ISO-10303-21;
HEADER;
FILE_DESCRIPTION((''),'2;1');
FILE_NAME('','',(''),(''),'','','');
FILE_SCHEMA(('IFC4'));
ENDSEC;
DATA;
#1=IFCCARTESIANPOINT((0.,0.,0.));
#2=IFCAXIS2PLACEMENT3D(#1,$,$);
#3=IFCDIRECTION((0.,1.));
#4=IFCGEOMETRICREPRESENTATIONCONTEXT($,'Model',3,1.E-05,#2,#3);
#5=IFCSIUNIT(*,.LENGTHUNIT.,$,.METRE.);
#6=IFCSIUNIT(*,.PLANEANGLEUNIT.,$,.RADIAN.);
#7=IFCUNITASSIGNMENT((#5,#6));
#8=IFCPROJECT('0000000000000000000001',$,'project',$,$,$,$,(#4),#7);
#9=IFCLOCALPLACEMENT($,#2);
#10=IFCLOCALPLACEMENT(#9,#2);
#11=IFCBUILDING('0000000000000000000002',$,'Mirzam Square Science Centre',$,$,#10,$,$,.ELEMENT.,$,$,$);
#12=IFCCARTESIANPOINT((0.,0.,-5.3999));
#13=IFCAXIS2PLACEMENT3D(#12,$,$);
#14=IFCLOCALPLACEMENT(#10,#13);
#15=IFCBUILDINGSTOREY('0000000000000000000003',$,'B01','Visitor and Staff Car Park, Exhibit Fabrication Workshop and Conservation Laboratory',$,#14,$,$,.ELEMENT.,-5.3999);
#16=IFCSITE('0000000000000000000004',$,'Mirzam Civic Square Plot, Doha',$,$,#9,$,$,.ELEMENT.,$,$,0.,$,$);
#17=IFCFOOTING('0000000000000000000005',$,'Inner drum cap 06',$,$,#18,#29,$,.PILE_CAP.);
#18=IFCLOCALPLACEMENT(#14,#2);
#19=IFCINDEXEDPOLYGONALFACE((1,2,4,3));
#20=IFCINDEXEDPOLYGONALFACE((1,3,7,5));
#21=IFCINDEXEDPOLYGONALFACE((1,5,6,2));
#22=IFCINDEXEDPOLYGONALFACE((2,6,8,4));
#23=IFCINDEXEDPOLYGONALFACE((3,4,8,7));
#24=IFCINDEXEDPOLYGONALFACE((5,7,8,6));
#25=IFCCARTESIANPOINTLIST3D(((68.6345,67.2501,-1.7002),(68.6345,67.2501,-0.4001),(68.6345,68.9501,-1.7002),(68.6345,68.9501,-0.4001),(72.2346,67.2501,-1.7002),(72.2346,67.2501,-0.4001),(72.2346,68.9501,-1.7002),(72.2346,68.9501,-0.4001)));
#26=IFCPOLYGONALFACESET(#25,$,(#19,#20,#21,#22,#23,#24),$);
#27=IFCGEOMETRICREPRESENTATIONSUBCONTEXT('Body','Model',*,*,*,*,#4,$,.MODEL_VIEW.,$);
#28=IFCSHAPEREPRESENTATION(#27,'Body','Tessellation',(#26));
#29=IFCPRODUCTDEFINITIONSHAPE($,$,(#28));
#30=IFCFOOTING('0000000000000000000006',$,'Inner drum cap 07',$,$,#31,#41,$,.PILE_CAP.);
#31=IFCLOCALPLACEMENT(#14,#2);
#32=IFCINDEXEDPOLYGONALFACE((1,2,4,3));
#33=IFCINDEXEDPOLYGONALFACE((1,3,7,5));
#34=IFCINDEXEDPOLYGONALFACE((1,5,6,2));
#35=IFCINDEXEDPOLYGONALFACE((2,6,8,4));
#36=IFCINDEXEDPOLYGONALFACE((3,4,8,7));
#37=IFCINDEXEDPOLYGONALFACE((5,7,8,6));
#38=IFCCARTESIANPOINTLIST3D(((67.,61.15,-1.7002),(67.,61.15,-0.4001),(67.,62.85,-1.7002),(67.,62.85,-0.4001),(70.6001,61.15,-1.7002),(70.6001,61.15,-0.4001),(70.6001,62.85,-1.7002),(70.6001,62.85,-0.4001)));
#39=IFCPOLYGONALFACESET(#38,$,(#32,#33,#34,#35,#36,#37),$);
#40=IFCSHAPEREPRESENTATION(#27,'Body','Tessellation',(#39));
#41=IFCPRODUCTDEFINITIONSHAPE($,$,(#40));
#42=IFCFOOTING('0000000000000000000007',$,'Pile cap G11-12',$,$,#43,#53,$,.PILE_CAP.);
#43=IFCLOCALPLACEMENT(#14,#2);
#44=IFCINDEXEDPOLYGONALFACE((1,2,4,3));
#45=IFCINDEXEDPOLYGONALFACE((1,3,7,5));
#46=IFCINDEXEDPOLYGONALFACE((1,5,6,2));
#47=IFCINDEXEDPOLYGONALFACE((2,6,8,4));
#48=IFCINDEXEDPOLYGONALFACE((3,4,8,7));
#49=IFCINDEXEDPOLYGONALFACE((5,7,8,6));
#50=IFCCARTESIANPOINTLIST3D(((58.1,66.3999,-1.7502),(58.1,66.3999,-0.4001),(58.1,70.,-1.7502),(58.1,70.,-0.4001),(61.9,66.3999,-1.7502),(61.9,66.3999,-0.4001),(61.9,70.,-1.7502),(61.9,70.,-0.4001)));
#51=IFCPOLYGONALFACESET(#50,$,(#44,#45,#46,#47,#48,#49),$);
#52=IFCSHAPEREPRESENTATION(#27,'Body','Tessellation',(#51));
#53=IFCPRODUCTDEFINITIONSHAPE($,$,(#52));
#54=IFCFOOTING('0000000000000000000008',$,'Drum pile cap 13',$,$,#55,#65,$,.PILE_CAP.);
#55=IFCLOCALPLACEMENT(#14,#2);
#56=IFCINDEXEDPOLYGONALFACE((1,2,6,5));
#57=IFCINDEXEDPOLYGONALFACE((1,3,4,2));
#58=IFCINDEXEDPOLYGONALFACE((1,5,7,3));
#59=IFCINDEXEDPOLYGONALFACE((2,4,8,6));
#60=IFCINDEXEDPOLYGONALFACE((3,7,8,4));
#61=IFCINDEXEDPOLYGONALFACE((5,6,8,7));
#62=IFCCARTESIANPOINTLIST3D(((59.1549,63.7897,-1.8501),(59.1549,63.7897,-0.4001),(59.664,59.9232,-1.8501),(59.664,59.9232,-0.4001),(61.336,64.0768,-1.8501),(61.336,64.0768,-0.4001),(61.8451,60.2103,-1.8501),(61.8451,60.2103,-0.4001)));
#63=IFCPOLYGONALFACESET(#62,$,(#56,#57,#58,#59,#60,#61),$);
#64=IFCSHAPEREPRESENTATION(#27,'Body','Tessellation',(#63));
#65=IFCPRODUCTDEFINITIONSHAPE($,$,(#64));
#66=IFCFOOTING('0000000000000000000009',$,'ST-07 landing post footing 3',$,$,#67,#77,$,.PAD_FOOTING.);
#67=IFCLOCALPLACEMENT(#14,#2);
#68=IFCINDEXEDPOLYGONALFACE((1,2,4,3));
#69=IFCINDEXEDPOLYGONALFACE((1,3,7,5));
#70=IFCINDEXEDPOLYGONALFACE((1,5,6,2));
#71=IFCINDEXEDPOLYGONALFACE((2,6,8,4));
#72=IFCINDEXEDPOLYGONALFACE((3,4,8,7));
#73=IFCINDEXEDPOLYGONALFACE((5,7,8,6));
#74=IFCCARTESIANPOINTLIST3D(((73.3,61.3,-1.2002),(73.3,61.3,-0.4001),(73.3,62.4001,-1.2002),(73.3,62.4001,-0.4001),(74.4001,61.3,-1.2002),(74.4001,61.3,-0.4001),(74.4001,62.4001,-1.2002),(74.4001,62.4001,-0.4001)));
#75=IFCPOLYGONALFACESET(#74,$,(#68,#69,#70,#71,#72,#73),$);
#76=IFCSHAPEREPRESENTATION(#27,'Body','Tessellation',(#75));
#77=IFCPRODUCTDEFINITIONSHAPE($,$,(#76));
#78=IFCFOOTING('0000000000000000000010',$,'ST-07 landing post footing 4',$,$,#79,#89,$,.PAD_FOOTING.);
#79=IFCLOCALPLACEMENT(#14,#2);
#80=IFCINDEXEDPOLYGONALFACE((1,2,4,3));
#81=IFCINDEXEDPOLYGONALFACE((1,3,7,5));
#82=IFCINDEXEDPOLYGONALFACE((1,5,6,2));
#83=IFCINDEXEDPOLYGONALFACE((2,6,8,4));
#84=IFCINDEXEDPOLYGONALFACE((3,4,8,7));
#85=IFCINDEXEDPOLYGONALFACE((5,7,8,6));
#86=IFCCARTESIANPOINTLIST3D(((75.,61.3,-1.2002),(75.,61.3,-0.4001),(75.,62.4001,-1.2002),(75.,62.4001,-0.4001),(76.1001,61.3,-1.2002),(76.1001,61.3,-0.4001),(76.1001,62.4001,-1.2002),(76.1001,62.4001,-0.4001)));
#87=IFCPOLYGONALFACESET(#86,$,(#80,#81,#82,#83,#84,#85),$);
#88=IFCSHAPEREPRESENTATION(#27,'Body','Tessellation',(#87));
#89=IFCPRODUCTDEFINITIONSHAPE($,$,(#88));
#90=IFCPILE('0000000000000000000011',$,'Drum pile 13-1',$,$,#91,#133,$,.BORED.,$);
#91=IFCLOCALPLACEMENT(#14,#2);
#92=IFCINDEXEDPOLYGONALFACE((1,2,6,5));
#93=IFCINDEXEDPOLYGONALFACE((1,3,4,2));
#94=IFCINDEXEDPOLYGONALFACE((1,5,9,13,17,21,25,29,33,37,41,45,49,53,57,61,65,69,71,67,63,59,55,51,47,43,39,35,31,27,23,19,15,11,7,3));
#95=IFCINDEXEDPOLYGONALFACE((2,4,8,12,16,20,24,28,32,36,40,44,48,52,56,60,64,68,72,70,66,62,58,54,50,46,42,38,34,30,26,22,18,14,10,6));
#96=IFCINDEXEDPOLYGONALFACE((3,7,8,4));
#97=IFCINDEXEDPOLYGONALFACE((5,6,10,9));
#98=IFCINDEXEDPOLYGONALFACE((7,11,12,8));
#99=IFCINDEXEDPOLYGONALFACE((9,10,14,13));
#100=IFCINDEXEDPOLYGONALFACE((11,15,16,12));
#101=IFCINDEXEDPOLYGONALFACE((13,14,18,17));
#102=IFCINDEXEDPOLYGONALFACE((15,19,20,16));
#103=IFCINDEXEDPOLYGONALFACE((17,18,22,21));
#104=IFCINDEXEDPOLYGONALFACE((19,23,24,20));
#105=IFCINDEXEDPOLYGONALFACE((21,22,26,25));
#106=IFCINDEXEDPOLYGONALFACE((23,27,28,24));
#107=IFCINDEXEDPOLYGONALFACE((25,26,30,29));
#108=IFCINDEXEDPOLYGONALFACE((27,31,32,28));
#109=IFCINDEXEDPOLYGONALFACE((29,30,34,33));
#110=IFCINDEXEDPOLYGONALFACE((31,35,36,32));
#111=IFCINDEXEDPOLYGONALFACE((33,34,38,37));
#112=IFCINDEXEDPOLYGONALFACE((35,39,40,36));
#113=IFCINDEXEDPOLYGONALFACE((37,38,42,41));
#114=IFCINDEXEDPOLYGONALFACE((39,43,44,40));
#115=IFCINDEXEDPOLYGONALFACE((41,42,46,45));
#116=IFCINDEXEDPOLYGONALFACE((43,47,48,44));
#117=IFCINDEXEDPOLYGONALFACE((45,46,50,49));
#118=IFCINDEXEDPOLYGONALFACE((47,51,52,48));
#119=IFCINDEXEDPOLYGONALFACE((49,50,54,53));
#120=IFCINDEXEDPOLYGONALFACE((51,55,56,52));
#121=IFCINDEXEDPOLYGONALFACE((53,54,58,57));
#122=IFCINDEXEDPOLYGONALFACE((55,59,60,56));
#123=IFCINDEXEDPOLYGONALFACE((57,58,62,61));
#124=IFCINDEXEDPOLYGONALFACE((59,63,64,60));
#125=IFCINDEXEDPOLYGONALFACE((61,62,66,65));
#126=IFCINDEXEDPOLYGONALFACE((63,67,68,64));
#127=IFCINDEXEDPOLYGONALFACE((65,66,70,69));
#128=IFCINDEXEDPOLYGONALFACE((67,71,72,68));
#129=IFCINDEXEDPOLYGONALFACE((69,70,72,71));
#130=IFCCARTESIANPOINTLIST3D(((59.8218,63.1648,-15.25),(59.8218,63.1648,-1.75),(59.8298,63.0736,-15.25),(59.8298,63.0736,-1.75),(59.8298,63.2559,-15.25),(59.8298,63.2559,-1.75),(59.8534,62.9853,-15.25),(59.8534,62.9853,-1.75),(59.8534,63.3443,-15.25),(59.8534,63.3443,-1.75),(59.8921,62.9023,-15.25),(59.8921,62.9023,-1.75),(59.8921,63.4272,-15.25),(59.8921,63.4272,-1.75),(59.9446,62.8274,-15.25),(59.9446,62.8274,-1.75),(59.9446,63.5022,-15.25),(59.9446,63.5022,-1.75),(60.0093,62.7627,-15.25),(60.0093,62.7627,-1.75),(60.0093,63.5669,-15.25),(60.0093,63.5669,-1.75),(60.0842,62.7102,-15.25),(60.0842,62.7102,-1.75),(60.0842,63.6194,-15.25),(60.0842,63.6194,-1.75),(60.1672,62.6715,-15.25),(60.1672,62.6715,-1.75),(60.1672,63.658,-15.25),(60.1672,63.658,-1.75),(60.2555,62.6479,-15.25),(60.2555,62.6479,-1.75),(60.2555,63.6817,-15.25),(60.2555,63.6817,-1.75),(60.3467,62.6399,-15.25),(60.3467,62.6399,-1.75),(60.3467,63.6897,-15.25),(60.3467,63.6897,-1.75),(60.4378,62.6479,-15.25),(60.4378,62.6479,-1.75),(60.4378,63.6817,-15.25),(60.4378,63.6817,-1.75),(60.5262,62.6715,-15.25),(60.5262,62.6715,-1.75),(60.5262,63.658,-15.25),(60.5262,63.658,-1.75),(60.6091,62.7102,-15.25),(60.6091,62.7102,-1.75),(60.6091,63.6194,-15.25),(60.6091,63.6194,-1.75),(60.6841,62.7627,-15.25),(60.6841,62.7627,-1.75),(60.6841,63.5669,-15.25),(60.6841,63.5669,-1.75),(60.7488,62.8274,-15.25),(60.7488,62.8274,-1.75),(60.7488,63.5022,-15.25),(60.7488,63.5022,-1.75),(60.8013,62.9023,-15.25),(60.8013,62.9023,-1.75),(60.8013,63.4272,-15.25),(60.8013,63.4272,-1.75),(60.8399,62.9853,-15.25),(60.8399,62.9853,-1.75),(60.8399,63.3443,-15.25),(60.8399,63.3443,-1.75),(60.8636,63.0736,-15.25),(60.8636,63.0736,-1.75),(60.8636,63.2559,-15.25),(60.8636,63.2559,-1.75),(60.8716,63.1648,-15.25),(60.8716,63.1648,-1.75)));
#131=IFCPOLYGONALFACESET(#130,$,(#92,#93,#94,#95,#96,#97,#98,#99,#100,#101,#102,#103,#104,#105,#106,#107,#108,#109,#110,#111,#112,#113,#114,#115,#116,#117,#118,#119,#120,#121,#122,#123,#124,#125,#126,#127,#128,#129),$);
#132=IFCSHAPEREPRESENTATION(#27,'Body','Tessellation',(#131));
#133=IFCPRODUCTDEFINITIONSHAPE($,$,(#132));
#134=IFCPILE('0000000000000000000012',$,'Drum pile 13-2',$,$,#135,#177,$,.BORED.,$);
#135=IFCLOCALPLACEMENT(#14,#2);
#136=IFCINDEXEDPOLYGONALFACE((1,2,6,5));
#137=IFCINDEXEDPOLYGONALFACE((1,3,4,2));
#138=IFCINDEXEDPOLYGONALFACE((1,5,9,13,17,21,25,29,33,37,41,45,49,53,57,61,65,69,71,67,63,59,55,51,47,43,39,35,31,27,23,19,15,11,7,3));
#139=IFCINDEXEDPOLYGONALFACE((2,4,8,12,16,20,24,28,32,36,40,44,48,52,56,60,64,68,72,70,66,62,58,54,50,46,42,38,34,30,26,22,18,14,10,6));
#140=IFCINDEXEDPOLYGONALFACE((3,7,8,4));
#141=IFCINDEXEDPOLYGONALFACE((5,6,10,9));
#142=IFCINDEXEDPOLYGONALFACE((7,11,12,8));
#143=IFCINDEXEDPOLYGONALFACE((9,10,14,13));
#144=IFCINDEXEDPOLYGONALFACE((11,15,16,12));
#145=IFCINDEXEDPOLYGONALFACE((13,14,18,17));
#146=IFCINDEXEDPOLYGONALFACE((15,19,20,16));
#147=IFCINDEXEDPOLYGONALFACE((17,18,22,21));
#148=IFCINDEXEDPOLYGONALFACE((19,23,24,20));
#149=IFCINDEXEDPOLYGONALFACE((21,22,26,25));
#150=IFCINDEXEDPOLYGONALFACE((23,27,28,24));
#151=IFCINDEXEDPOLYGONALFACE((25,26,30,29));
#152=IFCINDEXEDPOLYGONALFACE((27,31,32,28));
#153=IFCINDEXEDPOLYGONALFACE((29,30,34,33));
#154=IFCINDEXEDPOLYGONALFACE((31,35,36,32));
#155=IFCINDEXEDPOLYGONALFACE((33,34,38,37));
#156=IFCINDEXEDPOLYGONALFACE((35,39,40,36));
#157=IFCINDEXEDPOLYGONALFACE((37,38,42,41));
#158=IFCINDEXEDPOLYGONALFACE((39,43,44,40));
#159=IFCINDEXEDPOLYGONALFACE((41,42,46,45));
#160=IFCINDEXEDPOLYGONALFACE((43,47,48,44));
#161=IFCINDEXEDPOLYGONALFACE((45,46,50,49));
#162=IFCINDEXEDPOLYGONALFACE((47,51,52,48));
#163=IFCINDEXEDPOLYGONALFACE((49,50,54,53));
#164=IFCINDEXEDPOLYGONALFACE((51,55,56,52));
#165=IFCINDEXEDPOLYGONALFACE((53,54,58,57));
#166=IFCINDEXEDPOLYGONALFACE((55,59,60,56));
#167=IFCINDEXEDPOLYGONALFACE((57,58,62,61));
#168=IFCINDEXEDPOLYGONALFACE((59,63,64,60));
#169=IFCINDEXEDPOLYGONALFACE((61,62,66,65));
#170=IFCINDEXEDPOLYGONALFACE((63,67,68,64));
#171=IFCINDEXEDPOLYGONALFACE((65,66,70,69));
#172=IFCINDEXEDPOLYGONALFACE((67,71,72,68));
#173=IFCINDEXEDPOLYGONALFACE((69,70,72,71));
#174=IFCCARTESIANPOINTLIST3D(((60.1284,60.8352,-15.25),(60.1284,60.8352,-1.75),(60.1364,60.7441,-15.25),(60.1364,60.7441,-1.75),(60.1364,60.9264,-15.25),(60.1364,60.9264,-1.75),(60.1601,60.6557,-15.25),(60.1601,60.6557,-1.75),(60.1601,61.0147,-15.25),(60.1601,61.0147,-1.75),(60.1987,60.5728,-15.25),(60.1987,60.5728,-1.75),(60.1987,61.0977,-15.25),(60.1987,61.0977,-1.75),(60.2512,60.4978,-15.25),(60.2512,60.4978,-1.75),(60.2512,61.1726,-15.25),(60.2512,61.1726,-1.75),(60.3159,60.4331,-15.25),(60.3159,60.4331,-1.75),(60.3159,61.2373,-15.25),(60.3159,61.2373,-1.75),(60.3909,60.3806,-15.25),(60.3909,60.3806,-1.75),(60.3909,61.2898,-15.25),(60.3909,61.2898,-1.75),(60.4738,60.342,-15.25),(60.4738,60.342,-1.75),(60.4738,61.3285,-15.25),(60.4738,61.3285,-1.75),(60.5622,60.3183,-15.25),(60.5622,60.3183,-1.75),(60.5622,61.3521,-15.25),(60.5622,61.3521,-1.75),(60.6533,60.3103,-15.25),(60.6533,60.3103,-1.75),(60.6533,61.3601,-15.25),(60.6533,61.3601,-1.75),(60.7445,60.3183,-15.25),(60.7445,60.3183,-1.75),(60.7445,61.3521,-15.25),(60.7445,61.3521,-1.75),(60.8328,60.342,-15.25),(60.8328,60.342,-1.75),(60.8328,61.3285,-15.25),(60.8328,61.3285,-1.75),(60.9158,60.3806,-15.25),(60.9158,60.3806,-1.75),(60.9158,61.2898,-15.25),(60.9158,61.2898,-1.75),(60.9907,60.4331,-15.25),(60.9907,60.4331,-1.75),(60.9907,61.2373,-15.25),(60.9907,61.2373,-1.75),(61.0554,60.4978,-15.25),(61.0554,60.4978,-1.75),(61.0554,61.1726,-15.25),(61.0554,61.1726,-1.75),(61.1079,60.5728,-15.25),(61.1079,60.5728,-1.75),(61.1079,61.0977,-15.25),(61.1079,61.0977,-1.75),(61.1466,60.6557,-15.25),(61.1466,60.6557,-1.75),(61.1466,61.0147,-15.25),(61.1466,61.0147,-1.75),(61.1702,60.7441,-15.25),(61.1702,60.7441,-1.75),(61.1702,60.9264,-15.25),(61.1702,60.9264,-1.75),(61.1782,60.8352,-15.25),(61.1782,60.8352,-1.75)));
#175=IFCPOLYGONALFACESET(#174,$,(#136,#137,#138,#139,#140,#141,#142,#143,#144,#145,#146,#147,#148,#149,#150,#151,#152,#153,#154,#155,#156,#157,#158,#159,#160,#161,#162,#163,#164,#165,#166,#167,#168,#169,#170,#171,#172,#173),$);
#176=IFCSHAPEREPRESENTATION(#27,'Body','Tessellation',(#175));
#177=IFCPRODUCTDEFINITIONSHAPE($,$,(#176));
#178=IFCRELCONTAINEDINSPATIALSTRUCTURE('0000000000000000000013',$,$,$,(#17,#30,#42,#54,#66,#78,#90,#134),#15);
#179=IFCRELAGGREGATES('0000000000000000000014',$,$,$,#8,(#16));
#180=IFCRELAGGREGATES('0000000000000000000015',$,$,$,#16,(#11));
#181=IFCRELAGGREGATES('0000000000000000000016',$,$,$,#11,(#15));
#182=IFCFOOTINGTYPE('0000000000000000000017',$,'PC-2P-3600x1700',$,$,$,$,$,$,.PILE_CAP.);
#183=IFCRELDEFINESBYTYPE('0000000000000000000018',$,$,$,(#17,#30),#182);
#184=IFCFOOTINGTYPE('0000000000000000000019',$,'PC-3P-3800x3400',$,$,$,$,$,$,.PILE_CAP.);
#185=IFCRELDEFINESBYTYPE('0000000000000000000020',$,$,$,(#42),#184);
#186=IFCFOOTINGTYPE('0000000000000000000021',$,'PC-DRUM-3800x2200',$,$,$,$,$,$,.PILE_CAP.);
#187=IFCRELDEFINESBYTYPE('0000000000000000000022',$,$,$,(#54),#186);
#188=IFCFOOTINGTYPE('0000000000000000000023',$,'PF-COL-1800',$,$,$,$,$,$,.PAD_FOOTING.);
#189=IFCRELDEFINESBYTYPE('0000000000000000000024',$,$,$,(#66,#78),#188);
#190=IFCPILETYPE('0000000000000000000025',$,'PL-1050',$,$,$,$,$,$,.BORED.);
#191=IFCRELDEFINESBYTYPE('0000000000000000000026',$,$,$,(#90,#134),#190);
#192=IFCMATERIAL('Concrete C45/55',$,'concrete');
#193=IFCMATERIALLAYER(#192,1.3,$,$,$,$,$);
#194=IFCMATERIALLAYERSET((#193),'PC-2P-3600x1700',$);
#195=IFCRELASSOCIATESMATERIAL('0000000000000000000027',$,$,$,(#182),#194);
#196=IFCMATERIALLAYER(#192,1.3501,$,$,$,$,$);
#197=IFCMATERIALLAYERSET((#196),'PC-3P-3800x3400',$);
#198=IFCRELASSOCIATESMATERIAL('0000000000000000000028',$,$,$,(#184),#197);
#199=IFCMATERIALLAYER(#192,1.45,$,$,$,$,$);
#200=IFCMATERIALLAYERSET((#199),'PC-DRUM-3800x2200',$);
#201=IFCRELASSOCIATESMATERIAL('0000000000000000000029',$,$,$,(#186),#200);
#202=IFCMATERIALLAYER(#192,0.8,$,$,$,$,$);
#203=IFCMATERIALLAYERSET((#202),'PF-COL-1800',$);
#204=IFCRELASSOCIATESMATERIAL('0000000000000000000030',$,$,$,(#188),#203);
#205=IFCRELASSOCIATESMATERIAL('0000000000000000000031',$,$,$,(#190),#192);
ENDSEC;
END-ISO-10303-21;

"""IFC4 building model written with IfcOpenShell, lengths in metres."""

from ifc_helpers import new_model, si_unit, direction, frame, origin, origin_2d, place, context, subcontext, project, spatial, rectangle, circle, extrude, material, layer, layer_set, material_profile, profile_set, type_object, element, save


model = new_model("IFC4")

# Units and contexts
model_context = context("Model", 3, precision=1e-05, world=origin(), true_north=direction((0.0, 1.0)))
body_context = subcontext(model_context, "Body", "Model", "MODEL_VIEW")
ifc_project = project(units=[si_unit("LENGTHUNIT", "METRE"), si_unit("PLANEANGLEUNIT", "RADIAN")], contexts=[model_context])

# Site, building, storey
site_placement = place(None, origin())
site = spatial("IfcSite", under=ifc_project, at=site_placement, Name="Mirzam Civic Square Plot, Doha", CompositionType="ELEMENT", RefElevation=0.0)
building_placement = place(site_placement, origin())
building = spatial("IfcBuilding", under=site, at=building_placement, Name="Mirzam Square Science Centre", CompositionType="ELEMENT")
storey_placement = place(building_placement, frame((0.0, 0.0, -5.3999)))
storey = spatial("IfcBuildingStorey", under=building, at=storey_placement, Name="B01", Description="Visitor and Staff Car Park, Exhibit Fabrication Workshop and Conservation Laboratory", CompositionType="ELEMENT", Elevation=-5.3999)

# Footings
ifc_material_1 = material(Name="Concrete C45/55", Category="concrete")
ifc_layer_1 = layer(ifc_material_1, 1.3)
ifc_layer_set_1 = layer_set([ifc_layer_1], Name="PC-2P-3600x1700")
footing_type_1 = type_object("IfcFootingType", Name="PC-2P-3600x1700", PredefinedType="PILE_CAP", material=ifc_layer_set_1)
for number, where, z_axis, x_axis, name in (
    (1, (70.4346, 68.1001, -1.7002), (0.0, 0.0, 1.0), (1.0, 0.0, 0.0), "Inner drum cap 06"),
    (2, (68.8, 62.0, -1.7002), (0.0, 0.0, 1.0), (1.0, 0.0, 0.0), "Inner drum cap 07"),
):
    element("IfcFooting", number, at=place(storey_placement, frame(where, z_axis=z_axis, x_axis=x_axis)), inside=storey, type_object=footing_type_1, Name=name, PredefinedType="PILE_CAP", context=body_context, shape_type="SweptSolid", body=[
        extrude(rectangle(XDim=3.6001, YDim=1.7, at=origin_2d()), origin(), (0.0, 0.0, 1.0), 1.3),
    ])
ifc_layer_2 = layer(ifc_material_1, 1.3501)
ifc_layer_set_2 = layer_set([ifc_layer_2], Name="PC-3P-3800x3400")
footing_type_2 = type_object("IfcFootingType", Name="PC-3P-3800x3400", PredefinedType="PILE_CAP", material=ifc_layer_set_2)
footing_1_placement = place(storey_placement, frame((60.0, 68.2, -1.7502), z_axis=(0.0, 0.0, 1.0), x_axis=(1.0, 0.0, 0.0)))
element("IfcFooting", 3, at=footing_1_placement, inside=storey, type_object=footing_type_2, Name="Pile cap G11-12", PredefinedType="PILE_CAP", context=body_context, shape_type="SweptSolid", body=[
    extrude(rectangle(XDim=3.8, YDim=3.6001, at=origin_2d()), origin(), (0.0, 0.0, 1.0), 1.3501),
])
ifc_layer_3 = layer(ifc_material_1, 1.45)
ifc_layer_set_3 = layer_set([ifc_layer_3], Name="PC-DRUM-3800x2200")
footing_type_3 = type_object("IfcFootingType", Name="PC-DRUM-3800x2200", PredefinedType="PILE_CAP", material=ifc_layer_set_3)
footing_2_placement = place(storey_placement, frame((60.5, 62.0, -1.8501), z_axis=(0.0, 0.0, 1.0), x_axis=(0.130526, -0.991445, 0.0)))
element("IfcFooting", 4, at=footing_2_placement, inside=storey, type_object=footing_type_3, Name="Drum pile cap 13", PredefinedType="PILE_CAP", context=body_context, shape_type="SweptSolid", body=[
    extrude(rectangle(XDim=3.8999, YDim=2.2, at=origin_2d()), origin(), (0.0, 0.0, 1.0), 1.45),
])
ifc_layer_4 = layer(ifc_material_1, 0.8)
ifc_layer_set_4 = layer_set([ifc_layer_4], Name="PF-COL-1800")
footing_type_4 = type_object("IfcFootingType", Name="PF-COL-1800", PredefinedType="PAD_FOOTING", material=ifc_layer_set_4)
for number, where, z_axis, x_axis, name in (
    (5, (73.8501, 61.8501, -1.2002), (0.0, 0.0, 1.0), (1.0, 0.0, 0.0), "ST-07 landing post footing 3"),
    (6, (75.55, 61.8501, -1.2002), (0.0, 0.0, 1.0), (1.0, 0.0, 0.0), "ST-07 landing post footing 4"),
):
    element("IfcFooting", number, at=place(storey_placement, frame(where, z_axis=z_axis, x_axis=x_axis)), inside=storey, type_object=footing_type_4, Name=name, PredefinedType="PAD_FOOTING", context=body_context, shape_type="SweptSolid", body=[
        extrude(rectangle(XDim=1.1001, YDim=1.1001, at=origin_2d()), origin(), (0.0, 0.0, 1.0), 0.8),
    ])

# Piles
ifc_material_profile_1 = material_profile(ifc_material_1, circle(Radius=0.5249, at=origin_2d()), Name="PILE-D1050")
ifc_profile_set_1 = profile_set([ifc_material_profile_1], Name="Concrete C45/55")
pile_type_1 = type_object("IfcPileType", Name="PL-1050", PredefinedType="BORED", material=ifc_profile_set_1)
for number, where, z_axis, x_axis, name in (
    (7, (60.3467, 63.1648, -1.75), (0.0, 0.0, -1.0), (1.0, 0.0, 0.0), "Drum pile 13-1"),
    (8, (60.6533, 60.8352, -1.75), (0.0, 0.0, -1.0), (1.0, 0.0, 0.0), "Drum pile 13-2"),
):
    element("IfcPile", number, at=place(storey_placement, frame(where, z_axis=z_axis, x_axis=x_axis)), inside=storey, type_object=pile_type_1, Name=name, PredefinedType="BORED", context=body_context, shape_type="SweptSolid", body=[
        extrude(circle(Radius=0.5249, at=origin_2d()), origin(), (0.0, 0.0, 1.0), 13.5),
    ])

save(model, "model.ifc")
